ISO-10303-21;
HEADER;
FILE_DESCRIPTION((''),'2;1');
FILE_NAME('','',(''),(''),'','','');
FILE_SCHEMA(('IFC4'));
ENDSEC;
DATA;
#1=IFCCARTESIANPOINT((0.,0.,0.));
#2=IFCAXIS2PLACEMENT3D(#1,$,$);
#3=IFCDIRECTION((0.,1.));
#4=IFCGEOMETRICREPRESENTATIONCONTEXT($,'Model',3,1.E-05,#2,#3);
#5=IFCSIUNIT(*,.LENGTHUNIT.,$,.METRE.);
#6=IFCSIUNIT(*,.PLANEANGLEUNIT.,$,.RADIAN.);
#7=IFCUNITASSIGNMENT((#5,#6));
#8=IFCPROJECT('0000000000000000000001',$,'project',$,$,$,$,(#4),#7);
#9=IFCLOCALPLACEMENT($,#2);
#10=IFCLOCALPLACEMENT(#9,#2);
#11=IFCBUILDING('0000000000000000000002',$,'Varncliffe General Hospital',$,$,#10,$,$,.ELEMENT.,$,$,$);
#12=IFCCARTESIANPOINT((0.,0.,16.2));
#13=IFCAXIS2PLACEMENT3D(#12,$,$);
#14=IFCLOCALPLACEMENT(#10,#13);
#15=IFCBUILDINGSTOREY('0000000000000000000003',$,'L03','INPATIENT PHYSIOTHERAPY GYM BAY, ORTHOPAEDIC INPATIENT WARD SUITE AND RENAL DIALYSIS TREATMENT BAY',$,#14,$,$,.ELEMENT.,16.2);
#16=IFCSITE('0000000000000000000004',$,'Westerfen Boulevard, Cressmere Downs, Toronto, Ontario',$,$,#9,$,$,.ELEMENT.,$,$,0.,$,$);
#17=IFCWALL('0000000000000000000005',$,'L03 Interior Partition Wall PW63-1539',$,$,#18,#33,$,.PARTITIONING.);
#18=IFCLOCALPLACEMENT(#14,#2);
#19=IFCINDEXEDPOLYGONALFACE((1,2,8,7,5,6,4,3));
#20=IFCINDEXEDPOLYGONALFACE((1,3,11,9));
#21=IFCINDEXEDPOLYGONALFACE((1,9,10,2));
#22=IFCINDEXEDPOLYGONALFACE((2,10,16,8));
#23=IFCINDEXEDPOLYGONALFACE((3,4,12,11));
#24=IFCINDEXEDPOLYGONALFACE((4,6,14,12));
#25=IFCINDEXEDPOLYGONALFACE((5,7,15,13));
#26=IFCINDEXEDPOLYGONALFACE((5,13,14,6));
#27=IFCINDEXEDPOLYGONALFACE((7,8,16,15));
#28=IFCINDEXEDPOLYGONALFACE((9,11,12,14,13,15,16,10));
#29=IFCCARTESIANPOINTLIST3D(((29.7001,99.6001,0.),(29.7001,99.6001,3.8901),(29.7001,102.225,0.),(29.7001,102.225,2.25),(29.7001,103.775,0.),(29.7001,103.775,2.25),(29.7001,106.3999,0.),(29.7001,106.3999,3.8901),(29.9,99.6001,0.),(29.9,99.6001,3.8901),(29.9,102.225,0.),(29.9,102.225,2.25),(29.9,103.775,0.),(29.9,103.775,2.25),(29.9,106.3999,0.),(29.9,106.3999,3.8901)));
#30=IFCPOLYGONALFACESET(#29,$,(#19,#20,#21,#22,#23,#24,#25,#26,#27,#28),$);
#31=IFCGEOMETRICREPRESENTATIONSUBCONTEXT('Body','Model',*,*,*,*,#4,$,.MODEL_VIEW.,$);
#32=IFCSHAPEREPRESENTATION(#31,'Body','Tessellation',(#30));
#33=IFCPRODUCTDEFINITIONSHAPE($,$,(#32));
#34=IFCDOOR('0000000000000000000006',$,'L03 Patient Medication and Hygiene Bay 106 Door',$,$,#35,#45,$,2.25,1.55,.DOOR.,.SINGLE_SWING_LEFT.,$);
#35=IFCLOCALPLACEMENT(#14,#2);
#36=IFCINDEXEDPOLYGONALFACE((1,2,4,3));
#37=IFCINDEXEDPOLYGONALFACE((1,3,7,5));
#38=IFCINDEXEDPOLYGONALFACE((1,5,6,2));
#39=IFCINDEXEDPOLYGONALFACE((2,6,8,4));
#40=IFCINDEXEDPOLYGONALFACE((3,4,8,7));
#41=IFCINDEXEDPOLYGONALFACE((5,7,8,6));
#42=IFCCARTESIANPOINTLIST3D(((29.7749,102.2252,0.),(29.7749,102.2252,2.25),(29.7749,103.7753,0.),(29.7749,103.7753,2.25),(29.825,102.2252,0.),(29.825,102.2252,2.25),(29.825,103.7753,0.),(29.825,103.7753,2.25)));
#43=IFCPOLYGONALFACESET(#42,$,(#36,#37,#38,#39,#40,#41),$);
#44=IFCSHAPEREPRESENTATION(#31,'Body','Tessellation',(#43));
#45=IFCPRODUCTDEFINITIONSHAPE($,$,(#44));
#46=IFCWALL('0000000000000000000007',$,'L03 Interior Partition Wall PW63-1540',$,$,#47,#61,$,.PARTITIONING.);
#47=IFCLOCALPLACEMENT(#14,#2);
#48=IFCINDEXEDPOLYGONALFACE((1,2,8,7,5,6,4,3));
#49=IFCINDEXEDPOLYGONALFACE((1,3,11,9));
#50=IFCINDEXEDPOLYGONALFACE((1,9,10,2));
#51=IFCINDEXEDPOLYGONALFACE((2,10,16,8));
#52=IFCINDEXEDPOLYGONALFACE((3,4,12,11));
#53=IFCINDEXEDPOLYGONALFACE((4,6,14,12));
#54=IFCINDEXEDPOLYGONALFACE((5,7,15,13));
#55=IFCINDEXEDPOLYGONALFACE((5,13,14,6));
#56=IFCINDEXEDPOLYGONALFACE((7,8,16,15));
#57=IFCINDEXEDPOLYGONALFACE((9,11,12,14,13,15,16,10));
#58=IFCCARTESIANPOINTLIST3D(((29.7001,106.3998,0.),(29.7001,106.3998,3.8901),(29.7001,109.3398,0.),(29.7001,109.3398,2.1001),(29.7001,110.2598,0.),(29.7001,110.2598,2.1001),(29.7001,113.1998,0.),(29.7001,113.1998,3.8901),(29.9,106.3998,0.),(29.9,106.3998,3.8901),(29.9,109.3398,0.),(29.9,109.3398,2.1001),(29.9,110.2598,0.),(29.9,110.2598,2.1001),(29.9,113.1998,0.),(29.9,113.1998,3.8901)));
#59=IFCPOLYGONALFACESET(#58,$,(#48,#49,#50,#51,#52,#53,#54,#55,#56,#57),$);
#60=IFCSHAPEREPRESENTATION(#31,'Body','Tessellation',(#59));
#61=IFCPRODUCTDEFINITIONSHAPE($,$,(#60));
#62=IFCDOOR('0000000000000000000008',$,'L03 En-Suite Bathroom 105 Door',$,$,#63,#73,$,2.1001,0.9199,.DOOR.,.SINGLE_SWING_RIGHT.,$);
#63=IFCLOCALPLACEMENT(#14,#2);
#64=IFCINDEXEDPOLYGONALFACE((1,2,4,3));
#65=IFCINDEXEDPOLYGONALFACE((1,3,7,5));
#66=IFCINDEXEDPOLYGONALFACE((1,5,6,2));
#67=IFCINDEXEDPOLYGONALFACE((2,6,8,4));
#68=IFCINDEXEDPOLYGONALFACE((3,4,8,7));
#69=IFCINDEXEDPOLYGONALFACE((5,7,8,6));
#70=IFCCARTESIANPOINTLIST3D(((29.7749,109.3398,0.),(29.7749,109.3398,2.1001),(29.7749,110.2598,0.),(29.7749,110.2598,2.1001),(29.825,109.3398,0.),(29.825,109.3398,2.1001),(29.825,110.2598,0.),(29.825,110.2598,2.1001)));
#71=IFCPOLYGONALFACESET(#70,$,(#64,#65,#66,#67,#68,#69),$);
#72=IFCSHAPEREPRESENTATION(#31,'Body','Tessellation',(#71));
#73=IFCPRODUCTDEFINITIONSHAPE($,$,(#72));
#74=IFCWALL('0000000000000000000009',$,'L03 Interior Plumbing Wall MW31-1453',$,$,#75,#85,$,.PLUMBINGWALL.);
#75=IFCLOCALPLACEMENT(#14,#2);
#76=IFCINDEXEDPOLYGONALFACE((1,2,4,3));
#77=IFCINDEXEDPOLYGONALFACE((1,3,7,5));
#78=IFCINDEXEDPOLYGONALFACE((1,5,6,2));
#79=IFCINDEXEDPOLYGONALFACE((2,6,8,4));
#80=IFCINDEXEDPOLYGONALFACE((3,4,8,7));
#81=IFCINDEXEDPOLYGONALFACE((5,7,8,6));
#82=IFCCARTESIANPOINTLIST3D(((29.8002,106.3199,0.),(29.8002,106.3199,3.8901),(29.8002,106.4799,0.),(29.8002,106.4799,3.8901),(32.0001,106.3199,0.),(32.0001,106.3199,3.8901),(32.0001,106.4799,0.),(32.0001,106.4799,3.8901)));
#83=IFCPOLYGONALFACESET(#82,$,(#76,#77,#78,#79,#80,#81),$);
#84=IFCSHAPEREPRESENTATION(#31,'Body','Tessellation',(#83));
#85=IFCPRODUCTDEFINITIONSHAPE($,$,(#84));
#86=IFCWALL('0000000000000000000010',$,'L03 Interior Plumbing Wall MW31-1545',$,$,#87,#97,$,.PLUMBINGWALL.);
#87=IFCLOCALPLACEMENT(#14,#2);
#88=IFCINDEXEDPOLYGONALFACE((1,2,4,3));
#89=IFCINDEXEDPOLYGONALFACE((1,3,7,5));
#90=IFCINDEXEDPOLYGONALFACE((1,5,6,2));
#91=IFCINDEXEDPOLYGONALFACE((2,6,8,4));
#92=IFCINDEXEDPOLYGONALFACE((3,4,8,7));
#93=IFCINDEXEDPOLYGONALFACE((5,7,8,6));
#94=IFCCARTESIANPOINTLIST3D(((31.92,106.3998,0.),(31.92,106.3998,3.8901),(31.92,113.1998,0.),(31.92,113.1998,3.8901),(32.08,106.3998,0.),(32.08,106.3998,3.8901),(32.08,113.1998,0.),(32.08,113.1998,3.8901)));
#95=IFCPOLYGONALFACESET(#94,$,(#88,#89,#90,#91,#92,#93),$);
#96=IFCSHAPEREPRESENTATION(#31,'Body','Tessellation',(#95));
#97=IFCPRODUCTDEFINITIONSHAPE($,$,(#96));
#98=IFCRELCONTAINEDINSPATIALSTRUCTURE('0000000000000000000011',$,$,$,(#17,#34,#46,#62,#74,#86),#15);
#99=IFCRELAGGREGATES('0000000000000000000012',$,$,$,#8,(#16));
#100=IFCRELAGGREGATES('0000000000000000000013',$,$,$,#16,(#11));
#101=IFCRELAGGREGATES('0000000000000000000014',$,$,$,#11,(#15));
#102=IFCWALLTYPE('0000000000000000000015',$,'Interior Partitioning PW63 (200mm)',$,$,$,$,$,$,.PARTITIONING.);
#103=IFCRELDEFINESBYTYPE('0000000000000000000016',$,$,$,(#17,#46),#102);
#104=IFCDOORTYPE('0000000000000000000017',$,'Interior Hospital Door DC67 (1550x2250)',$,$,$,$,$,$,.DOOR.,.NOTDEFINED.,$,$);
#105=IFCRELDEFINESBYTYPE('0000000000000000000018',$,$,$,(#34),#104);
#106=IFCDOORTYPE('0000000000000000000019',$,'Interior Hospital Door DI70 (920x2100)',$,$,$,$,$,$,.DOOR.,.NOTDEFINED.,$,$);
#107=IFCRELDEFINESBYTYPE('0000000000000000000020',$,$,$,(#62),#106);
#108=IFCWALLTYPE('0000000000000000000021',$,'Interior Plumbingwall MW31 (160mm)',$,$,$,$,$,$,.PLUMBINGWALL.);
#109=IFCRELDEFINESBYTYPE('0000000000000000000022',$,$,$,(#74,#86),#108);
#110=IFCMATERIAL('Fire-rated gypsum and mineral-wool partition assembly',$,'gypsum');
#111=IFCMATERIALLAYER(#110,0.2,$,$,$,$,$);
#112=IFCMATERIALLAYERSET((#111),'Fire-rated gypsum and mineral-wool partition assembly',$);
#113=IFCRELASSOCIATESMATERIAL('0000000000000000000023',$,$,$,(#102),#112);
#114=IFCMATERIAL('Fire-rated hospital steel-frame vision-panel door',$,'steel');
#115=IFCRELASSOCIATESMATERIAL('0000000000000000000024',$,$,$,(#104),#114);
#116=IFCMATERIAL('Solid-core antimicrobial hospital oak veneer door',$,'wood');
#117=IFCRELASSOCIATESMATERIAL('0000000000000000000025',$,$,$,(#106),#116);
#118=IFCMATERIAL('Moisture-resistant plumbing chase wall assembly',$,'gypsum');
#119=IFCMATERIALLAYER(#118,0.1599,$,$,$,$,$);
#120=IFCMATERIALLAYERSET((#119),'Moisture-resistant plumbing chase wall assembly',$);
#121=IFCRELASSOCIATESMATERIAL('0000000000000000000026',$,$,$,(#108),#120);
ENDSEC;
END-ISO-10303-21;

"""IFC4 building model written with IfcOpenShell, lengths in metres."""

from ifc_helpers import new_model, si_unit, direction, frame, frame_2d, origin, place, context, subcontext, project, spatial, rectangle, extrude, material, layer, layer_set, type_object, element, fill, save


model = new_model("IFC4")

# Units and contexts
model_context = context("Model", 3, precision=1e-05, world=origin(), true_north=direction((0.0, 1.0)))
body_context = subcontext(model_context, "Body", "Model", "MODEL_VIEW")
ifc_project = project(units=[si_unit("LENGTHUNIT", "METRE"), si_unit("PLANEANGLEUNIT", "RADIAN")], contexts=[model_context])

# Site, building, storey
site_placement = place(None, origin())
site = spatial("IfcSite", under=ifc_project, at=site_placement, Name="Westerfen Boulevard, Cressmere Downs, Toronto, Ontario", CompositionType="ELEMENT", RefElevation=0.0)
building_placement = place(site_placement, origin())
building = spatial("IfcBuilding", under=site, at=building_placement, Name="Varncliffe General Hospital", CompositionType="ELEMENT")
storey_placement = place(building_placement, frame((0.0, 0.0, 16.2)))
storey = spatial("IfcBuildingStorey", under=building, at=storey_placement, Name="L03", Description="INPATIENT PHYSIOTHERAPY GYM BAY, ORTHOPAEDIC INPATIENT WARD SUITE AND RENAL DIALYSIS TREATMENT BAY", CompositionType="ELEMENT", Elevation=16.2)

# Walls, openings, doors
ifc_material_1 = material(Name="Fire-rated gypsum and mineral-wool partition assembly", Category="gypsum")
ifc_layer_1 = layer(ifc_material_1, 0.2)
ifc_layer_set_1 = layer_set([ifc_layer_1], Name="Fire-rated gypsum and mineral-wool partition assembly")
wall_type_1 = type_object("IfcWallType", Name="Interior Partitioning PW63 (200mm)", PredefinedType="PARTITIONING", material=ifc_layer_set_1)
wall_1_placement = place(storey_placement, frame((29.8, 99.6001, 0.0), z_axis=(0.0, 0.0, 1.0), x_axis=(0.0, 1.0, 0.0)))
wall_1 = element("IfcWall", 1, at=wall_1_placement, inside=storey, type_object=wall_type_1, Name="L03 Interior Partition Wall PW63-1539", PredefinedType="PARTITIONING", context=body_context, shape_type="SweptSolid", body=[
    extrude(rectangle(XDim=6.7998, YDim=0.2, at=frame_2d((3.3999, 0.0))), origin(), (0.0, 0.0, 1.0), 3.8901),
])
opening_1_placement = place(wall_1_placement, frame((2.625, 0.0, 0.0)))
opening_1 = element("IfcOpeningElement", 2, at=opening_1_placement, cuts=wall_1, PredefinedType="OPENING", context=body_context, shape_type="SweptSolid", body=[
    extrude(rectangle(XDim=1.55, YDim=2.25, at=frame_2d((0.7749, 1.125))), frame((0.0, 0.1099, 0.0), z_axis=(0.0, -1.0, 0.0), x_axis=(1.0, 0.0, 0.0)), (0.0, 0.0, 1.0), 0.22),
])
ifc_material_2 = material(Name="Fire-rated hospital steel-frame vision-panel door", Category="steel")
door_type_1 = type_object("IfcDoorType", Name="Interior Hospital Door DC67 (1550x2250)", OperationType="NOTDEFINED", PredefinedType="DOOR", material=ifc_material_2)
door_1_placement = place(opening_1_placement, frame((1.55, 0.0, 0.0), z_axis=(0.0, 0.0, 1.0), x_axis=(-1.0, 0.0, 0.0)))
door_1 = element("IfcDoor", 3, at=door_1_placement, inside=storey, type_object=door_type_1, Name="L03 Patient Medication and Hygiene Bay 106 Door", OperationType="SINGLE_SWING_LEFT", OverallHeight=2.25, OverallWidth=1.55, PredefinedType="DOOR", context=body_context, shape_type="SweptSolid", body=[
    extrude(rectangle(XDim=1.55, YDim=2.25, at=frame_2d((0.7749, 1.125))), frame((0.0, 0.0249, 0.0), z_axis=(0.0, -1.0, 0.0), x_axis=(1.0, 0.0, 0.0)), (0.0, 0.0, 1.0), 0.05),
])
fill(opening_1, door_1)
wall_2_placement = place(storey_placement, frame((29.8, 106.3999, 0.0), z_axis=(0.0, 0.0, 1.0), x_axis=(0.0, 1.0, 0.0)))
wall_2 = element("IfcWall", 4, at=wall_2_placement, inside=storey, type_object=wall_type_1, Name="L03 Interior Partition Wall PW63-1540", PredefinedType="PARTITIONING", context=body_context, shape_type="SweptSolid", body=[
    extrude(rectangle(XDim=6.8, YDim=0.2, at=frame_2d((3.3999, 0.0))), origin(), (0.0, 0.0, 1.0), 3.8901),
])
opening_2_placement = place(wall_2_placement, frame((2.9399, 0.0, 0.0)))
opening_2 = element("IfcOpeningElement", 5, at=opening_2_placement, cuts=wall_2, PredefinedType="OPENING", context=body_context, shape_type="SweptSolid", body=[
    extrude(rectangle(XDim=0.9199, YDim=2.1001, at=frame_2d((0.46, 1.05))), frame((0.0, 0.1099, 0.0), z_axis=(0.0, -1.0, 0.0), x_axis=(1.0, 0.0, 0.0)), (0.0, 0.0, 1.0), 0.22),
])
ifc_material_3 = material(Name="Solid-core antimicrobial hospital oak veneer door", Category="wood")
door_type_2 = type_object("IfcDoorType", Name="Interior Hospital Door DI70 (920x2100)", OperationType="NOTDEFINED", PredefinedType="DOOR", material=ifc_material_3)
door_2_placement = place(opening_2_placement, frame((0.9199, 0.0, 0.0), z_axis=(0.0, 0.0, 1.0), x_axis=(-1.0, 0.0, 0.0)))
door_2 = element("IfcDoor", 6, at=door_2_placement, inside=storey, type_object=door_type_2, Name="L03 En-Suite Bathroom 105 Door", OperationType="SINGLE_SWING_RIGHT", OverallHeight=2.1001, OverallWidth=0.9199, PredefinedType="DOOR", context=body_context, shape_type="SweptSolid", body=[
    extrude(rectangle(XDim=0.9199, YDim=2.1001, at=frame_2d((0.46, 1.05))), frame((0.0, 0.0249, 0.0), z_axis=(0.0, -1.0, 0.0), x_axis=(1.0, 0.0, 0.0)), (0.0, 0.0, 1.0), 0.05),
])
fill(opening_2, door_2)

# Walls
ifc_material_4 = material(Name="Moisture-resistant plumbing chase wall assembly", Category="gypsum")
ifc_layer_2 = layer(ifc_material_4, 0.1599)
ifc_layer_set_2 = layer_set([ifc_layer_2], Name="Moisture-resistant plumbing chase wall assembly")
wall_type_2 = type_object("IfcWallType", Name="Interior Plumbingwall MW31 (160mm)", PredefinedType="PLUMBINGWALL", material=ifc_layer_set_2)
wall_3_placement = place(storey_placement, frame((29.8, 106.3999, 0.0), z_axis=(0.0, 0.0, 1.0), x_axis=(1.0, 0.0, 0.0)))
element("IfcWall", 7, at=wall_3_placement, inside=storey, type_object=wall_type_2, Name="L03 Interior Plumbing Wall MW31-1453", PredefinedType="PLUMBINGWALL", context=body_context, shape_type="SweptSolid", body=[
    extrude(rectangle(XDim=2.2, YDim=0.1599, at=frame_2d((1.1001, 0.0))), origin(), (0.0, 0.0, 1.0), 3.8901),
])
wall_4_placement = place(storey_placement, frame((32.0, 106.3999, 0.0), z_axis=(0.0, 0.0, 1.0), x_axis=(0.0, 1.0, 0.0)))
element("IfcWall", 8, at=wall_4_placement, inside=storey, type_object=wall_type_2, Name="L03 Interior Plumbing Wall MW31-1545", PredefinedType="PLUMBINGWALL", context=body_context, shape_type="SweptSolid", body=[
    extrude(rectangle(XDim=6.8, YDim=0.1599, at=frame_2d((3.3999, 0.0))), origin(), (0.0, 0.0, 1.0), 3.8901),
])

save(model, "model.ifc")
